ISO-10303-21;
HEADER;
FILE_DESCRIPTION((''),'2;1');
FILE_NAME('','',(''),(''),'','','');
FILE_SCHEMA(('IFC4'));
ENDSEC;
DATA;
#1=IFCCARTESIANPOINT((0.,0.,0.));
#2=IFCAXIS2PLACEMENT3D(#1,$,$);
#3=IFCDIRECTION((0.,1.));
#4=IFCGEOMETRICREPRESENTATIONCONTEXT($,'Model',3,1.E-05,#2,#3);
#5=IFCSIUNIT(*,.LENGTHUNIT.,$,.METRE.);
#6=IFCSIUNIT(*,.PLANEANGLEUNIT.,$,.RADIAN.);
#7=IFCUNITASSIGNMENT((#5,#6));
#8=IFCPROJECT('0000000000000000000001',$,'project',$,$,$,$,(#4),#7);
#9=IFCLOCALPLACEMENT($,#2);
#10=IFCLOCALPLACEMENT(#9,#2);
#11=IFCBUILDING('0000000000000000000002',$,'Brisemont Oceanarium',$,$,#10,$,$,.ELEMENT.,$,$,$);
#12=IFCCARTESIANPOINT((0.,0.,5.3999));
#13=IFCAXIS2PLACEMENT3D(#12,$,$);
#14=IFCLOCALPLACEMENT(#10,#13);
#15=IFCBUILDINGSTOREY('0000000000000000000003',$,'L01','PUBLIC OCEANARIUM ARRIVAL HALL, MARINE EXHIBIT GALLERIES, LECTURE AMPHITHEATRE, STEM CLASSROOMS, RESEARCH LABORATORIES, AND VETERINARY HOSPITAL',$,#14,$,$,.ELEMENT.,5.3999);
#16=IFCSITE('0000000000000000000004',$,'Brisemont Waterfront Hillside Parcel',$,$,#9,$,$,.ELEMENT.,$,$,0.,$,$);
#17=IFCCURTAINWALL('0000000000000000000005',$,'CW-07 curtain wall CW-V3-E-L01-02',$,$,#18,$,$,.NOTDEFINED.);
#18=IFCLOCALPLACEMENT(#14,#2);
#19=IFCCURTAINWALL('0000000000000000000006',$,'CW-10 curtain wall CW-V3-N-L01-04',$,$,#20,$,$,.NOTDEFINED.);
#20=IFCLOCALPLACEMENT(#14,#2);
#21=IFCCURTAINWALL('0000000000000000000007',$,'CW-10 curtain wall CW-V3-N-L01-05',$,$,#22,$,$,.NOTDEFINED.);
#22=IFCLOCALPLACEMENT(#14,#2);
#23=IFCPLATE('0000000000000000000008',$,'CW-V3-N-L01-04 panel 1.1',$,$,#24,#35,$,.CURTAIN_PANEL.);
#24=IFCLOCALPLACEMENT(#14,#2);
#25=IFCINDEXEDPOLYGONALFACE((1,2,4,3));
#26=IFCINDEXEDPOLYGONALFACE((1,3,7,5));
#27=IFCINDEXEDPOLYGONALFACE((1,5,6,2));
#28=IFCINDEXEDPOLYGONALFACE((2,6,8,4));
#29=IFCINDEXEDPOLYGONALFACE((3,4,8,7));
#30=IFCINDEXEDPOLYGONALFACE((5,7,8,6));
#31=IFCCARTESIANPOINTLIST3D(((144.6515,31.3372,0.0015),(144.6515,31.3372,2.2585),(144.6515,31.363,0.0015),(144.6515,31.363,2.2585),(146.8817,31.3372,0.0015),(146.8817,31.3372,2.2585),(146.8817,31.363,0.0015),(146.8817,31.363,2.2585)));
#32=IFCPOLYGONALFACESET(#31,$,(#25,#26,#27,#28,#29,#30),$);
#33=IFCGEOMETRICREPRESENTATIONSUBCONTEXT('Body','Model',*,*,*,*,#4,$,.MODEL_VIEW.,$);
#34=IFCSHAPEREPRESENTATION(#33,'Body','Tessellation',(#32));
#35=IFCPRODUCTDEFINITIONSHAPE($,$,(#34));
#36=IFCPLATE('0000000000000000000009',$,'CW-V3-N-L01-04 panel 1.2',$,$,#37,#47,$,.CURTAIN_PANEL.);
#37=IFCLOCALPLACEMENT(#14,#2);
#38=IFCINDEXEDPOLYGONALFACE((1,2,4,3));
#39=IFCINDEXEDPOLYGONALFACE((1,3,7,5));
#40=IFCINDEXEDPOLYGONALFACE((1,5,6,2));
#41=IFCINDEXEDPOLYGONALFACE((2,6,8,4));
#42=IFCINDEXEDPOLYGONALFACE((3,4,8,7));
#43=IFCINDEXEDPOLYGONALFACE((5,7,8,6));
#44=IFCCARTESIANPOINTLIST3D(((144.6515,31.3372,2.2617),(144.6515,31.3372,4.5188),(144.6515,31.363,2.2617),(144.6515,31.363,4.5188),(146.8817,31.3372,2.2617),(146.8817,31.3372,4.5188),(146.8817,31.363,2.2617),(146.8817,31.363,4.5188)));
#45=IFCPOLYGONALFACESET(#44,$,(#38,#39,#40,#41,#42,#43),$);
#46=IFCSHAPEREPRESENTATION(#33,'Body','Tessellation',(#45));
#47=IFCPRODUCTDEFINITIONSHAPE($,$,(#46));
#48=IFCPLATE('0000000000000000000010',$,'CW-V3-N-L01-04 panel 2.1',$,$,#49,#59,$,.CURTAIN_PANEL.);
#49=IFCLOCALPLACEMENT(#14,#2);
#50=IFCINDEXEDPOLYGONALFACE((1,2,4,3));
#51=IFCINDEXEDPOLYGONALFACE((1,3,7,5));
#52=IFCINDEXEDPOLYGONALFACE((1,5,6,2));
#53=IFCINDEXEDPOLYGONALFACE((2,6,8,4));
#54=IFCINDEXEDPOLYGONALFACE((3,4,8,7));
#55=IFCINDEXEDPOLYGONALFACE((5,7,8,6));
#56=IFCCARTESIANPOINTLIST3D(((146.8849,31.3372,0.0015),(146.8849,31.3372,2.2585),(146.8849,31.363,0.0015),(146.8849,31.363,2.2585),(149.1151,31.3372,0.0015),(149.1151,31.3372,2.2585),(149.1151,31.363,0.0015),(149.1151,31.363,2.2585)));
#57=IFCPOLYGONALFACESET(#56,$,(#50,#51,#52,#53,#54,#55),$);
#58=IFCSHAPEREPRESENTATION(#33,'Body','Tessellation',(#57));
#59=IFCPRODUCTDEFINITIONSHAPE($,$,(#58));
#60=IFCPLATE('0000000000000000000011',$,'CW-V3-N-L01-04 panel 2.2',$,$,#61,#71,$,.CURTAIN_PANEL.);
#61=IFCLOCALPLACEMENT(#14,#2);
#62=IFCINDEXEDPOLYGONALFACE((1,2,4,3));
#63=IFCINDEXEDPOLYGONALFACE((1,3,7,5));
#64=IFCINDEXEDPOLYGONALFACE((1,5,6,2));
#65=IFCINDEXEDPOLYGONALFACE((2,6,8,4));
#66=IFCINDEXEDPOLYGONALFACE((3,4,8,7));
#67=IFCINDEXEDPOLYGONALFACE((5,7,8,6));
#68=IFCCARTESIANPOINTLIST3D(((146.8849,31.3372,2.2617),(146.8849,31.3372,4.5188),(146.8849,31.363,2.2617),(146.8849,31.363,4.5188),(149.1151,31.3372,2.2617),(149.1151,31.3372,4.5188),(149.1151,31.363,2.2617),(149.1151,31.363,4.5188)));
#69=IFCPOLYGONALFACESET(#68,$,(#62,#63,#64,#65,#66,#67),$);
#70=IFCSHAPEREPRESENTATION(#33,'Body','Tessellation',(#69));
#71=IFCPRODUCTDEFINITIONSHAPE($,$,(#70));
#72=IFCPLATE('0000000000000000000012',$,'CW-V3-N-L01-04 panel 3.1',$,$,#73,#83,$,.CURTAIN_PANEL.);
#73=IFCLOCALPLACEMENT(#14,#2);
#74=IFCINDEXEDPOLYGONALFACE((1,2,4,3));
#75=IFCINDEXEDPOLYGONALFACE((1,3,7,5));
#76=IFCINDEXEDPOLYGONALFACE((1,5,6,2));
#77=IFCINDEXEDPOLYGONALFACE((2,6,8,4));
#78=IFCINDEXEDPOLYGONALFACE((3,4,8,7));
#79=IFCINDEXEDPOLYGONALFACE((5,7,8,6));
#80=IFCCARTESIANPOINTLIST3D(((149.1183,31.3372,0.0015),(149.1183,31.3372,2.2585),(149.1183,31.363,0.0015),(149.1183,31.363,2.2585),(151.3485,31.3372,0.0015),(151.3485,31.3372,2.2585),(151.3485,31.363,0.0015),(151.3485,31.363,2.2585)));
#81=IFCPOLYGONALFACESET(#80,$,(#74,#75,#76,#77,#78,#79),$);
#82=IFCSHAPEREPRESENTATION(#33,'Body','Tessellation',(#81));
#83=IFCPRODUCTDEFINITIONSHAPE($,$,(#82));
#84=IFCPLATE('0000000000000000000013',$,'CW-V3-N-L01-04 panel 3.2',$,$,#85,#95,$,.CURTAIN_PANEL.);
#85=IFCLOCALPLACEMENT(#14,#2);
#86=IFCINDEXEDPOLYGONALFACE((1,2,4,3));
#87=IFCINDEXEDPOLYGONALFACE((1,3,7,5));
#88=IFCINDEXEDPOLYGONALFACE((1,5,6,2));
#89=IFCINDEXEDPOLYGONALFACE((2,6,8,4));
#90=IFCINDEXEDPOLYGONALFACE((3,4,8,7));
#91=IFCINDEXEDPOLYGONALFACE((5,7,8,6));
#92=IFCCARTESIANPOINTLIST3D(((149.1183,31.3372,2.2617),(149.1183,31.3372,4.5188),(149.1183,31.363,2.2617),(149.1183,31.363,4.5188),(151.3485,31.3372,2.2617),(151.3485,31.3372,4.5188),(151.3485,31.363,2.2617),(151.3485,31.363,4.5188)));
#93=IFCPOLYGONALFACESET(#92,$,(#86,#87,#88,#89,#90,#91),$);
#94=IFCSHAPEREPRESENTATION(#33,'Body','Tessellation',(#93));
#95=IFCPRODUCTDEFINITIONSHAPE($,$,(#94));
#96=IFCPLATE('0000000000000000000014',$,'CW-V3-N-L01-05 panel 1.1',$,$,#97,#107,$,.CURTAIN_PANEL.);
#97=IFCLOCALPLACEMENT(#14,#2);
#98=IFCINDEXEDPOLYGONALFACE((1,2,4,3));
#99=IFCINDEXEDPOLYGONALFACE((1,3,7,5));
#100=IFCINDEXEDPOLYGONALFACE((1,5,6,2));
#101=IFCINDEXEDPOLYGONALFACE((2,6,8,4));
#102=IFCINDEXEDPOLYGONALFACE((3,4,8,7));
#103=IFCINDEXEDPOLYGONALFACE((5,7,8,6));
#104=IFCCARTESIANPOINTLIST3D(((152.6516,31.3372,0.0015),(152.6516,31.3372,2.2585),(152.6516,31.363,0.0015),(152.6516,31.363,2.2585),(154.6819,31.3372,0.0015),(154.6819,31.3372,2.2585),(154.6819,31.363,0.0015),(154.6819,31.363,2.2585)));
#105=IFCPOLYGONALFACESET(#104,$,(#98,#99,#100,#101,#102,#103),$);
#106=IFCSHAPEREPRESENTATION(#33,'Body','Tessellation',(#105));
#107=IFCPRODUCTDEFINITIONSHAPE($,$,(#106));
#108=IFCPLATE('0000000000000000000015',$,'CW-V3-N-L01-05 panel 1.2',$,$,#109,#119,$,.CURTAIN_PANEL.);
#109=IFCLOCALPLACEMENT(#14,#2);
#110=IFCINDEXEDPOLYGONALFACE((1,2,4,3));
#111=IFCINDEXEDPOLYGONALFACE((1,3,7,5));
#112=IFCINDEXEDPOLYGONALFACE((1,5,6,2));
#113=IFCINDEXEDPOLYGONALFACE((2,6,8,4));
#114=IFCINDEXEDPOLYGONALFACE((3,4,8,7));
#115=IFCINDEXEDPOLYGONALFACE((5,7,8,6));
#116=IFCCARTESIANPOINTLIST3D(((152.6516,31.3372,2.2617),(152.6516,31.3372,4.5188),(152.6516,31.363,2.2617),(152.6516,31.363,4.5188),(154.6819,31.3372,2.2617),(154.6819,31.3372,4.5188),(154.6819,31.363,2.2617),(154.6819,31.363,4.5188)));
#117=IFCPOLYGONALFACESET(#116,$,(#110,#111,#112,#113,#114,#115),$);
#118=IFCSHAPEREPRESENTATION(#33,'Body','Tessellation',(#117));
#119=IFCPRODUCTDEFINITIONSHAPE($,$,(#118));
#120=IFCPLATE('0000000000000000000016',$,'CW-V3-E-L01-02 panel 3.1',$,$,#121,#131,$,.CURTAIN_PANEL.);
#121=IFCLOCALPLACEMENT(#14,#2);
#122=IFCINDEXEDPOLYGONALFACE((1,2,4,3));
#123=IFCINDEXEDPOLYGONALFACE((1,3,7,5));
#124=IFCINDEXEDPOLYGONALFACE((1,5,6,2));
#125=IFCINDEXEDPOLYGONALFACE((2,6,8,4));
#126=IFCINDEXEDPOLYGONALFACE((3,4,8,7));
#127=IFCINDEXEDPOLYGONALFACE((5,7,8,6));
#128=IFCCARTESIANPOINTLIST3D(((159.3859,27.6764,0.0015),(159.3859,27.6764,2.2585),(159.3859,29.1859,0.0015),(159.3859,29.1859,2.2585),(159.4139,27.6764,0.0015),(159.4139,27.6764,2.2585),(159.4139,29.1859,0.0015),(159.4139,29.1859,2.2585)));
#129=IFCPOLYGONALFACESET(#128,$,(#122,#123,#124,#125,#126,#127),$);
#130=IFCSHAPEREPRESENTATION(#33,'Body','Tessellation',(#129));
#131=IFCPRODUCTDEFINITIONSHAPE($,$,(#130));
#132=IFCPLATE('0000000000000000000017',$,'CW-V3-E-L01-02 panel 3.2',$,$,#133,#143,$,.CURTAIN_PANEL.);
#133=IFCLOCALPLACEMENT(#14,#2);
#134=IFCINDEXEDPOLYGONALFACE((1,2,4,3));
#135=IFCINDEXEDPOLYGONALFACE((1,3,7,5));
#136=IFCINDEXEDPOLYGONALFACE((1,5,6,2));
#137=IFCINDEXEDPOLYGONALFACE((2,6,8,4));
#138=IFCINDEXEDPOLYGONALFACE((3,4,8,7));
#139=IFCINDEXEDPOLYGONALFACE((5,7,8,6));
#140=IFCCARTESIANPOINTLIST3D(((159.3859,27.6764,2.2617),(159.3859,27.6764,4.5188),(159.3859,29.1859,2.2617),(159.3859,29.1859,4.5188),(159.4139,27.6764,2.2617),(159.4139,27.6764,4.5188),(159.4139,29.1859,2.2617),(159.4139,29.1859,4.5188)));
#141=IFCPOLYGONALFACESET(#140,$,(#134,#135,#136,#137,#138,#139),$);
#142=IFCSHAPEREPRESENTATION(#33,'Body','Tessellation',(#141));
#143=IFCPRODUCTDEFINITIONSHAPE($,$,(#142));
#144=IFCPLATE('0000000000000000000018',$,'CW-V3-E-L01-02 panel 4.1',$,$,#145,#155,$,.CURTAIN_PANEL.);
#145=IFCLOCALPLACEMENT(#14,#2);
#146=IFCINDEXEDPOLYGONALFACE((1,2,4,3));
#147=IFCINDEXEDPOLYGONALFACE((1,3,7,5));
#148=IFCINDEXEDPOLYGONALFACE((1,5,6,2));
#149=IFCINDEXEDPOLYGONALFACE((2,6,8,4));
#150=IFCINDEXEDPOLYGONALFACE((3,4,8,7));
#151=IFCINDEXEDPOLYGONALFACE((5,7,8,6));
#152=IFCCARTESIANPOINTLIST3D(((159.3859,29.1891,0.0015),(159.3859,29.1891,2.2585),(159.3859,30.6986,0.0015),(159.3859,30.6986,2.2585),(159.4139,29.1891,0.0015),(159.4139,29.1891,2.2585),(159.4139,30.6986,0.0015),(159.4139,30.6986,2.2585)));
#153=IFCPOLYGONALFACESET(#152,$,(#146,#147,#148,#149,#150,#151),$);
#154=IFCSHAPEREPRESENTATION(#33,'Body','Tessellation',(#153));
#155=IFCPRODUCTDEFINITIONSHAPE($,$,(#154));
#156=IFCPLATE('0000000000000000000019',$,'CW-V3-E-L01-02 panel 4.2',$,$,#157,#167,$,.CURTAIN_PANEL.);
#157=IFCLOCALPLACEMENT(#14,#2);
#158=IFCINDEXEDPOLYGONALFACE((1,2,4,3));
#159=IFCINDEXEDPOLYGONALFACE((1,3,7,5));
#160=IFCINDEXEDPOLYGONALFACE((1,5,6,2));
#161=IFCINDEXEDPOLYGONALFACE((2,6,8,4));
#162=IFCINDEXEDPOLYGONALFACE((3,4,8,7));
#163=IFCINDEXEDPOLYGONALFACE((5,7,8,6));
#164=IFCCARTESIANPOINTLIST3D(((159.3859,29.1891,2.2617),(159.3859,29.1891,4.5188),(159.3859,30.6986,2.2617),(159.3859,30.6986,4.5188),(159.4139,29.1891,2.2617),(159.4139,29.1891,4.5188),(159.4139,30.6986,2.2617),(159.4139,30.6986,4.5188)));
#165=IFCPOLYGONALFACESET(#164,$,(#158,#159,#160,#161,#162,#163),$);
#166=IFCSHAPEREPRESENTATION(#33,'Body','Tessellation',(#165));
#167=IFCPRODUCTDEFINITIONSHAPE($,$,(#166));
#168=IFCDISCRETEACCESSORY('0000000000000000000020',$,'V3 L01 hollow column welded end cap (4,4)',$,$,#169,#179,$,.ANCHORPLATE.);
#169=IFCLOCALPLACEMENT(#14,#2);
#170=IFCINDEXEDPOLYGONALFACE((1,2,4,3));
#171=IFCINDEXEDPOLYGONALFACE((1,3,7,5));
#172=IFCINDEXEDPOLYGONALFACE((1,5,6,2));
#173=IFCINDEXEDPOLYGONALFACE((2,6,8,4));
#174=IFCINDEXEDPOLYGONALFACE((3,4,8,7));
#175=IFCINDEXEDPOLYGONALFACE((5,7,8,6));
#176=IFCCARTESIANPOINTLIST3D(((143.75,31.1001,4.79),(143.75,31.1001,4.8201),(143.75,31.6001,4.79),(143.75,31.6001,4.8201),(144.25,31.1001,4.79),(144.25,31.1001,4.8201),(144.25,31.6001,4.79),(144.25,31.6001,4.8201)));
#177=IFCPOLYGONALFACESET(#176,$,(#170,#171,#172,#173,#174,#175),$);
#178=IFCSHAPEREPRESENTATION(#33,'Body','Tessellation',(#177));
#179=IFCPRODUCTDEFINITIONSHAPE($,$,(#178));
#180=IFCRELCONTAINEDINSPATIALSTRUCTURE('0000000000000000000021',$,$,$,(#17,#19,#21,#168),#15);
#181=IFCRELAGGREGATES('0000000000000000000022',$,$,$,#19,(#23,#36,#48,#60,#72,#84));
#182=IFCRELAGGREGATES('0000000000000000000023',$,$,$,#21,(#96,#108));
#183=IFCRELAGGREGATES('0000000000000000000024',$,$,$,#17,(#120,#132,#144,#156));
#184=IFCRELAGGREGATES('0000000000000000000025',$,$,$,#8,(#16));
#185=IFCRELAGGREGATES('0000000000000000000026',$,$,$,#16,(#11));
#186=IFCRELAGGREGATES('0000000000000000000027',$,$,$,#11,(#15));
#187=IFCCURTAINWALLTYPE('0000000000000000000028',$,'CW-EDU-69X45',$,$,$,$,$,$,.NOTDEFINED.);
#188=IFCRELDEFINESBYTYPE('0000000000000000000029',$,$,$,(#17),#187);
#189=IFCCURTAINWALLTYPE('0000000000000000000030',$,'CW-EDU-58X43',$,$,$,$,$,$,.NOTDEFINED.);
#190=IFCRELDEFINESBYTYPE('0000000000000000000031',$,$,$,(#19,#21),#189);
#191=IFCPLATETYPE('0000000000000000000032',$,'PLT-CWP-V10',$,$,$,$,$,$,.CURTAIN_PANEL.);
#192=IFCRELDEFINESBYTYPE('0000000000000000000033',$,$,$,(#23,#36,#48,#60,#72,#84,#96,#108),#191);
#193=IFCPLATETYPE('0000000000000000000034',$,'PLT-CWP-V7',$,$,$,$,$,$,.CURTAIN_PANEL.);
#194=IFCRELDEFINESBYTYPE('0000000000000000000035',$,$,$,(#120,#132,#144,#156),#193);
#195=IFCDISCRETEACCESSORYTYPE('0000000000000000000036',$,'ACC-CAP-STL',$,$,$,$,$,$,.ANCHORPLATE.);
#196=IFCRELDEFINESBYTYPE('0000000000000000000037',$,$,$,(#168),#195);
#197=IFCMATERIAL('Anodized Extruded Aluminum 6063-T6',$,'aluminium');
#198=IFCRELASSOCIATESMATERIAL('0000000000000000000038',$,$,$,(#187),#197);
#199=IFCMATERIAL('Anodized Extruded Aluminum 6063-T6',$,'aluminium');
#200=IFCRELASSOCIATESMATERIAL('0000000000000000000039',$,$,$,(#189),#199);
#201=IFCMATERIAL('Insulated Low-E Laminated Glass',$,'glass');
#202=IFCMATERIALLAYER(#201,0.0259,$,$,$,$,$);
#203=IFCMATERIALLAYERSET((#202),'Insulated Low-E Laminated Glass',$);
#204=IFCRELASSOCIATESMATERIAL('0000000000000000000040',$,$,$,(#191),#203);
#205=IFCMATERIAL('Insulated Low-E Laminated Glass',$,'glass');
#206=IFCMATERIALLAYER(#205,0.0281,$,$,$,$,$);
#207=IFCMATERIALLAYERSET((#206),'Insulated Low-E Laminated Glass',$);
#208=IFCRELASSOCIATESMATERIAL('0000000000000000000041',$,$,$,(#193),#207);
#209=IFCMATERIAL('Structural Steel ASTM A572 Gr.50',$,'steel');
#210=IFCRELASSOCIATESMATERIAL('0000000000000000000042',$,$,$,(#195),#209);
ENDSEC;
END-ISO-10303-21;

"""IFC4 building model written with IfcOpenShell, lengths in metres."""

from ifc_helpers import new_model, si_unit, direction, frame, origin, origin_2d, place, context, subcontext, project, spatial, rectangle, extrude, material, layer, layer_set, type_object, element, aggregate, save


model = new_model("IFC4")

# Units and contexts
model_context = context("Model", 3, precision=1e-05, world=origin(), true_north=direction((0.0, 1.0)))
body_context = subcontext(model_context, "Body", "Model", "MODEL_VIEW")
ifc_project = project(units=[si_unit("LENGTHUNIT", "METRE"), si_unit("PLANEANGLEUNIT", "RADIAN")], contexts=[model_context])

# Site, building, storey
site_placement = place(None, origin())
site = spatial("IfcSite", under=ifc_project, at=site_placement, Name="Brisemont Waterfront Hillside Parcel", CompositionType="ELEMENT", RefElevation=0.0)
building_placement = place(site_placement, origin())
building = spatial("IfcBuilding", under=site, at=building_placement, Name="Brisemont Oceanarium", CompositionType="ELEMENT")
storey_placement = place(building_placement, frame((0.0, 0.0, 5.3999)))
storey = spatial("IfcBuildingStorey", under=building, at=storey_placement, Name="L01", Description="PUBLIC OCEANARIUM ARRIVAL HALL, MARINE EXHIBIT GALLERIES, LECTURE AMPHITHEATRE, STEM CLASSROOMS, RESEARCH LABORATORIES, AND VETERINARY HOSPITAL", CompositionType="ELEMENT", Elevation=5.3999)

# Curtain walls
ifc_material_1 = material(Name="Anodized Extruded Aluminum 6063-T6", Category="aluminium")
curtain_wall_type_1 = type_object("IfcCurtainWallType", Name="CW-EDU-69X45", PredefinedType="NOTDEFINED", material=ifc_material_1)
curtain_wall_1_placement = place(storey_placement, origin())
curtain_wall_1 = element("IfcCurtainWall", 1, at=curtain_wall_1_placement, inside=storey, type_object=curtain_wall_type_1, Name="CW-07 curtain wall CW-V3-E-L01-02", PredefinedType="NOTDEFINED")
ifc_material_2 = material(Name="Anodized Extruded Aluminum 6063-T6", Category="aluminium")
curtain_wall_type_2 = type_object("IfcCurtainWallType", Name="CW-EDU-58X43", PredefinedType="NOTDEFINED", material=ifc_material_2)
curtain_wall_2_placement = place(storey_placement, origin())
curtain_wall_2 = element("IfcCurtainWall", 2, at=curtain_wall_2_placement, inside=storey, type_object=curtain_wall_type_2, Name="CW-10 curtain wall CW-V3-N-L01-04", PredefinedType="NOTDEFINED")
curtain_wall_3_placement = place(storey_placement, origin())
curtain_wall_3 = element("IfcCurtainWall", 3, at=curtain_wall_3_placement, inside=storey, type_object=curtain_wall_type_2, Name="CW-10 curtain wall CW-V3-N-L01-05", PredefinedType="NOTDEFINED")

# Plates
ifc_material_3 = material(Name="Insulated Low-E Laminated Glass", Category="glass")
ifc_layer_1 = layer(ifc_material_3, 0.0259)
ifc_layer_set_1 = layer_set([ifc_layer_1], Name="Insulated Low-E Laminated Glass")
plate_type_1 = type_object("IfcPlateType", Name="PLT-CWP-V10", PredefinedType="CURTAIN_PANEL", material=ifc_layer_set_1)
plate_1_placement = place(storey_placement, frame((145.7666, 31.3501, 0.0015), z_axis=(0.0, 0.0, 1.0), x_axis=(1.0, 0.0, 0.0)))
plate_1 = element("IfcPlate", 4, at=plate_1_placement, type_object=plate_type_1, Name="CW-V3-N-L01-04 panel 1.1", PredefinedType="CURTAIN_PANEL", context=body_context, shape_type="SweptSolid", body=[
    extrude(rectangle(XDim=2.2302, YDim=0.0259, at=origin_2d()), origin(), (0.0, 0.0, 1.0), 2.2571),
])
plate_2_placement = place(storey_placement, frame((145.7666, 31.3501, 2.2617), z_axis=(0.0, 0.0, 1.0), x_axis=(1.0, 0.0, 0.0)))
plate_2 = element("IfcPlate", 5, at=plate_2_placement, type_object=plate_type_1, Name="CW-V3-N-L01-04 panel 1.2", PredefinedType="CURTAIN_PANEL", context=body_context, shape_type="SweptSolid", body=[
    extrude(rectangle(XDim=2.2302, YDim=0.0259, at=origin_2d()), origin(), (0.0, 0.0, 1.0), 2.2571),
])
plate_3_placement = place(storey_placement, frame((148.0, 31.3501, 0.0015), z_axis=(0.0, 0.0, 1.0), x_axis=(1.0, 0.0, 0.0)))
plate_3 = element("IfcPlate", 6, at=plate_3_placement, type_object=plate_type_1, Name="CW-V3-N-L01-04 panel 2.1", PredefinedType="CURTAIN_PANEL", context=body_context, shape_type="SweptSolid", body=[
    extrude(rectangle(XDim=2.2302, YDim=0.0259, at=origin_2d()), origin(), (0.0, 0.0, 1.0), 2.2571),
])
plate_4_placement = place(storey_placement, frame((148.0, 31.3501, 2.2617), z_axis=(0.0, 0.0, 1.0), x_axis=(1.0, 0.0, 0.0)))
plate_4 = element("IfcPlate", 7, at=plate_4_placement, type_object=plate_type_1, Name="CW-V3-N-L01-04 panel 2.2", PredefinedType="CURTAIN_PANEL", context=body_context, shape_type="SweptSolid", body=[
    extrude(rectangle(XDim=2.2302, YDim=0.0259, at=origin_2d()), origin(), (0.0, 0.0, 1.0), 2.2571),
])
plate_5_placement = place(storey_placement, frame((150.2334, 31.3501, 0.0015), z_axis=(0.0, 0.0, 1.0), x_axis=(1.0, 0.0, 0.0)))
plate_5 = element("IfcPlate", 8, at=plate_5_placement, type_object=plate_type_1, Name="CW-V3-N-L01-04 panel 3.1", PredefinedType="CURTAIN_PANEL", context=body_context, shape_type="SweptSolid", body=[
    extrude(rectangle(XDim=2.2302, YDim=0.0259, at=origin_2d()), origin(), (0.0, 0.0, 1.0), 2.2571),
])
plate_6_placement = place(storey_placement, frame((150.2334, 31.3501, 2.2617), z_axis=(0.0, 0.0, 1.0), x_axis=(1.0, 0.0, 0.0)))
plate_6 = element("IfcPlate", 9, at=plate_6_placement, type_object=plate_type_1, Name="CW-V3-N-L01-04 panel 3.2", PredefinedType="CURTAIN_PANEL", context=body_context, shape_type="SweptSolid", body=[
    extrude(rectangle(XDim=2.2302, YDim=0.0259, at=origin_2d()), origin(), (0.0, 0.0, 1.0), 2.2571),
])
aggregate(curtain_wall_2, [plate_1, plate_2, plate_3, plate_4, plate_5, plate_6])
plate_7_placement = place(storey_placement, frame((153.6667, 31.3501, 0.0015), z_axis=(0.0, 0.0, 1.0), x_axis=(1.0, 0.0, 0.0)))
plate_7 = element("IfcPlate", 10, at=plate_7_placement, type_object=plate_type_1, Name="CW-V3-N-L01-05 panel 1.1", PredefinedType="CURTAIN_PANEL", context=body_context, shape_type="SweptSolid", body=[
    extrude(rectangle(XDim=2.0303, YDim=0.0259, at=origin_2d()), origin(), (0.0, 0.0, 1.0), 2.2571),
])
plate_8_placement = place(storey_placement, frame((153.6667, 31.3501, 2.2617), z_axis=(0.0, 0.0, 1.0), x_axis=(1.0, 0.0, 0.0)))
plate_8 = element("IfcPlate", 11, at=plate_8_placement, type_object=plate_type_1, Name="CW-V3-N-L01-05 panel 1.2", PredefinedType="CURTAIN_PANEL", context=body_context, shape_type="SweptSolid", body=[
    extrude(rectangle(XDim=2.0303, YDim=0.0259, at=origin_2d()), origin(), (0.0, 0.0, 1.0), 2.2571),
])
aggregate(curtain_wall_3, [plate_7, plate_8])
ifc_material_4 = material(Name="Insulated Low-E Laminated Glass", Category="glass")
ifc_layer_2 = layer(ifc_material_4, 0.0281)
ifc_layer_set_2 = layer_set([ifc_layer_2], Name="Insulated Low-E Laminated Glass")
plate_type_2 = type_object("IfcPlateType", Name="PLT-CWP-V7", PredefinedType="CURTAIN_PANEL", material=ifc_layer_set_2)
plate_9_placement = place(storey_placement, frame((159.3999, 28.4312, 0.0015), z_axis=(0.0, 0.0, 1.0), x_axis=(0.0, 1.0, 0.0)))
plate_9 = element("IfcPlate", 12, at=plate_9_placement, type_object=plate_type_2, Name="CW-V3-E-L01-02 panel 3.1", PredefinedType="CURTAIN_PANEL", context=body_context, shape_type="SweptSolid", body=[
    extrude(rectangle(XDim=1.5095, YDim=0.0281, at=origin_2d()), origin(), (0.0, 0.0, 1.0), 2.2571),
])
plate_10_placement = place(storey_placement, frame((159.3999, 28.4312, 2.2617), z_axis=(0.0, 0.0, 1.0), x_axis=(0.0, 1.0, 0.0)))
plate_10 = element("IfcPlate", 13, at=plate_10_placement, type_object=plate_type_2, Name="CW-V3-E-L01-02 panel 3.2", PredefinedType="CURTAIN_PANEL", context=body_context, shape_type="SweptSolid", body=[
    extrude(rectangle(XDim=1.5095, YDim=0.0281, at=origin_2d()), origin(), (0.0, 0.0, 1.0), 2.2571),
])
plate_11_placement = place(storey_placement, frame((159.3999, 29.9438, 0.0015), z_axis=(0.0, 0.0, 1.0), x_axis=(0.0, 1.0, 0.0)))
plate_11 = element("IfcPlate", 14, at=plate_11_placement, type_object=plate_type_2, Name="CW-V3-E-L01-02 panel 4.1", PredefinedType="CURTAIN_PANEL", context=body_context, shape_type="SweptSolid", body=[
    extrude(rectangle(XDim=1.5095, YDim=0.0281, at=origin_2d()), origin(), (0.0, 0.0, 1.0), 2.2571),
])
plate_12_placement = place(storey_placement, frame((159.3999, 29.9438, 2.2617), z_axis=(0.0, 0.0, 1.0), x_axis=(0.0, 1.0, 0.0)))
plate_12 = element("IfcPlate", 15, at=plate_12_placement, type_object=plate_type_2, Name="CW-V3-E-L01-02 panel 4.2", PredefinedType="CURTAIN_PANEL", context=body_context, shape_type="SweptSolid", body=[
    extrude(rectangle(XDim=1.5095, YDim=0.0281, at=origin_2d()), origin(), (0.0, 0.0, 1.0), 2.2571),
])
aggregate(curtain_wall_1, [plate_9, plate_10, plate_11, plate_12])

# Discrete accessory
ifc_material_5 = material(Name="Structural Steel ASTM A572 Gr.50", Category="steel")
discrete_accessory_type = type_object("IfcDiscreteAccessoryType", Name="ACC-CAP-STL", PredefinedType="ANCHORPLATE", material=ifc_material_5)
discrete_accessory_placement = place(storey_placement, frame((144.0, 31.3501, 4.79), z_axis=(0.0, 0.0, 1.0), x_axis=(1.0, 0.0, 0.0)))
element("IfcDiscreteAccessory", 16, at=discrete_accessory_placement, inside=storey, type_object=discrete_accessory_type, Name="V3 L01 hollow column welded end cap (4,4)", PredefinedType="ANCHORPLATE", context=body_context, shape_type="SweptSolid", body=[
    extrude(rectangle(XDim=0.5, YDim=0.5, at=origin_2d()), origin(), (0.0, 0.0, 1.0), 0.03),
])

save(model, "model.ifc")
